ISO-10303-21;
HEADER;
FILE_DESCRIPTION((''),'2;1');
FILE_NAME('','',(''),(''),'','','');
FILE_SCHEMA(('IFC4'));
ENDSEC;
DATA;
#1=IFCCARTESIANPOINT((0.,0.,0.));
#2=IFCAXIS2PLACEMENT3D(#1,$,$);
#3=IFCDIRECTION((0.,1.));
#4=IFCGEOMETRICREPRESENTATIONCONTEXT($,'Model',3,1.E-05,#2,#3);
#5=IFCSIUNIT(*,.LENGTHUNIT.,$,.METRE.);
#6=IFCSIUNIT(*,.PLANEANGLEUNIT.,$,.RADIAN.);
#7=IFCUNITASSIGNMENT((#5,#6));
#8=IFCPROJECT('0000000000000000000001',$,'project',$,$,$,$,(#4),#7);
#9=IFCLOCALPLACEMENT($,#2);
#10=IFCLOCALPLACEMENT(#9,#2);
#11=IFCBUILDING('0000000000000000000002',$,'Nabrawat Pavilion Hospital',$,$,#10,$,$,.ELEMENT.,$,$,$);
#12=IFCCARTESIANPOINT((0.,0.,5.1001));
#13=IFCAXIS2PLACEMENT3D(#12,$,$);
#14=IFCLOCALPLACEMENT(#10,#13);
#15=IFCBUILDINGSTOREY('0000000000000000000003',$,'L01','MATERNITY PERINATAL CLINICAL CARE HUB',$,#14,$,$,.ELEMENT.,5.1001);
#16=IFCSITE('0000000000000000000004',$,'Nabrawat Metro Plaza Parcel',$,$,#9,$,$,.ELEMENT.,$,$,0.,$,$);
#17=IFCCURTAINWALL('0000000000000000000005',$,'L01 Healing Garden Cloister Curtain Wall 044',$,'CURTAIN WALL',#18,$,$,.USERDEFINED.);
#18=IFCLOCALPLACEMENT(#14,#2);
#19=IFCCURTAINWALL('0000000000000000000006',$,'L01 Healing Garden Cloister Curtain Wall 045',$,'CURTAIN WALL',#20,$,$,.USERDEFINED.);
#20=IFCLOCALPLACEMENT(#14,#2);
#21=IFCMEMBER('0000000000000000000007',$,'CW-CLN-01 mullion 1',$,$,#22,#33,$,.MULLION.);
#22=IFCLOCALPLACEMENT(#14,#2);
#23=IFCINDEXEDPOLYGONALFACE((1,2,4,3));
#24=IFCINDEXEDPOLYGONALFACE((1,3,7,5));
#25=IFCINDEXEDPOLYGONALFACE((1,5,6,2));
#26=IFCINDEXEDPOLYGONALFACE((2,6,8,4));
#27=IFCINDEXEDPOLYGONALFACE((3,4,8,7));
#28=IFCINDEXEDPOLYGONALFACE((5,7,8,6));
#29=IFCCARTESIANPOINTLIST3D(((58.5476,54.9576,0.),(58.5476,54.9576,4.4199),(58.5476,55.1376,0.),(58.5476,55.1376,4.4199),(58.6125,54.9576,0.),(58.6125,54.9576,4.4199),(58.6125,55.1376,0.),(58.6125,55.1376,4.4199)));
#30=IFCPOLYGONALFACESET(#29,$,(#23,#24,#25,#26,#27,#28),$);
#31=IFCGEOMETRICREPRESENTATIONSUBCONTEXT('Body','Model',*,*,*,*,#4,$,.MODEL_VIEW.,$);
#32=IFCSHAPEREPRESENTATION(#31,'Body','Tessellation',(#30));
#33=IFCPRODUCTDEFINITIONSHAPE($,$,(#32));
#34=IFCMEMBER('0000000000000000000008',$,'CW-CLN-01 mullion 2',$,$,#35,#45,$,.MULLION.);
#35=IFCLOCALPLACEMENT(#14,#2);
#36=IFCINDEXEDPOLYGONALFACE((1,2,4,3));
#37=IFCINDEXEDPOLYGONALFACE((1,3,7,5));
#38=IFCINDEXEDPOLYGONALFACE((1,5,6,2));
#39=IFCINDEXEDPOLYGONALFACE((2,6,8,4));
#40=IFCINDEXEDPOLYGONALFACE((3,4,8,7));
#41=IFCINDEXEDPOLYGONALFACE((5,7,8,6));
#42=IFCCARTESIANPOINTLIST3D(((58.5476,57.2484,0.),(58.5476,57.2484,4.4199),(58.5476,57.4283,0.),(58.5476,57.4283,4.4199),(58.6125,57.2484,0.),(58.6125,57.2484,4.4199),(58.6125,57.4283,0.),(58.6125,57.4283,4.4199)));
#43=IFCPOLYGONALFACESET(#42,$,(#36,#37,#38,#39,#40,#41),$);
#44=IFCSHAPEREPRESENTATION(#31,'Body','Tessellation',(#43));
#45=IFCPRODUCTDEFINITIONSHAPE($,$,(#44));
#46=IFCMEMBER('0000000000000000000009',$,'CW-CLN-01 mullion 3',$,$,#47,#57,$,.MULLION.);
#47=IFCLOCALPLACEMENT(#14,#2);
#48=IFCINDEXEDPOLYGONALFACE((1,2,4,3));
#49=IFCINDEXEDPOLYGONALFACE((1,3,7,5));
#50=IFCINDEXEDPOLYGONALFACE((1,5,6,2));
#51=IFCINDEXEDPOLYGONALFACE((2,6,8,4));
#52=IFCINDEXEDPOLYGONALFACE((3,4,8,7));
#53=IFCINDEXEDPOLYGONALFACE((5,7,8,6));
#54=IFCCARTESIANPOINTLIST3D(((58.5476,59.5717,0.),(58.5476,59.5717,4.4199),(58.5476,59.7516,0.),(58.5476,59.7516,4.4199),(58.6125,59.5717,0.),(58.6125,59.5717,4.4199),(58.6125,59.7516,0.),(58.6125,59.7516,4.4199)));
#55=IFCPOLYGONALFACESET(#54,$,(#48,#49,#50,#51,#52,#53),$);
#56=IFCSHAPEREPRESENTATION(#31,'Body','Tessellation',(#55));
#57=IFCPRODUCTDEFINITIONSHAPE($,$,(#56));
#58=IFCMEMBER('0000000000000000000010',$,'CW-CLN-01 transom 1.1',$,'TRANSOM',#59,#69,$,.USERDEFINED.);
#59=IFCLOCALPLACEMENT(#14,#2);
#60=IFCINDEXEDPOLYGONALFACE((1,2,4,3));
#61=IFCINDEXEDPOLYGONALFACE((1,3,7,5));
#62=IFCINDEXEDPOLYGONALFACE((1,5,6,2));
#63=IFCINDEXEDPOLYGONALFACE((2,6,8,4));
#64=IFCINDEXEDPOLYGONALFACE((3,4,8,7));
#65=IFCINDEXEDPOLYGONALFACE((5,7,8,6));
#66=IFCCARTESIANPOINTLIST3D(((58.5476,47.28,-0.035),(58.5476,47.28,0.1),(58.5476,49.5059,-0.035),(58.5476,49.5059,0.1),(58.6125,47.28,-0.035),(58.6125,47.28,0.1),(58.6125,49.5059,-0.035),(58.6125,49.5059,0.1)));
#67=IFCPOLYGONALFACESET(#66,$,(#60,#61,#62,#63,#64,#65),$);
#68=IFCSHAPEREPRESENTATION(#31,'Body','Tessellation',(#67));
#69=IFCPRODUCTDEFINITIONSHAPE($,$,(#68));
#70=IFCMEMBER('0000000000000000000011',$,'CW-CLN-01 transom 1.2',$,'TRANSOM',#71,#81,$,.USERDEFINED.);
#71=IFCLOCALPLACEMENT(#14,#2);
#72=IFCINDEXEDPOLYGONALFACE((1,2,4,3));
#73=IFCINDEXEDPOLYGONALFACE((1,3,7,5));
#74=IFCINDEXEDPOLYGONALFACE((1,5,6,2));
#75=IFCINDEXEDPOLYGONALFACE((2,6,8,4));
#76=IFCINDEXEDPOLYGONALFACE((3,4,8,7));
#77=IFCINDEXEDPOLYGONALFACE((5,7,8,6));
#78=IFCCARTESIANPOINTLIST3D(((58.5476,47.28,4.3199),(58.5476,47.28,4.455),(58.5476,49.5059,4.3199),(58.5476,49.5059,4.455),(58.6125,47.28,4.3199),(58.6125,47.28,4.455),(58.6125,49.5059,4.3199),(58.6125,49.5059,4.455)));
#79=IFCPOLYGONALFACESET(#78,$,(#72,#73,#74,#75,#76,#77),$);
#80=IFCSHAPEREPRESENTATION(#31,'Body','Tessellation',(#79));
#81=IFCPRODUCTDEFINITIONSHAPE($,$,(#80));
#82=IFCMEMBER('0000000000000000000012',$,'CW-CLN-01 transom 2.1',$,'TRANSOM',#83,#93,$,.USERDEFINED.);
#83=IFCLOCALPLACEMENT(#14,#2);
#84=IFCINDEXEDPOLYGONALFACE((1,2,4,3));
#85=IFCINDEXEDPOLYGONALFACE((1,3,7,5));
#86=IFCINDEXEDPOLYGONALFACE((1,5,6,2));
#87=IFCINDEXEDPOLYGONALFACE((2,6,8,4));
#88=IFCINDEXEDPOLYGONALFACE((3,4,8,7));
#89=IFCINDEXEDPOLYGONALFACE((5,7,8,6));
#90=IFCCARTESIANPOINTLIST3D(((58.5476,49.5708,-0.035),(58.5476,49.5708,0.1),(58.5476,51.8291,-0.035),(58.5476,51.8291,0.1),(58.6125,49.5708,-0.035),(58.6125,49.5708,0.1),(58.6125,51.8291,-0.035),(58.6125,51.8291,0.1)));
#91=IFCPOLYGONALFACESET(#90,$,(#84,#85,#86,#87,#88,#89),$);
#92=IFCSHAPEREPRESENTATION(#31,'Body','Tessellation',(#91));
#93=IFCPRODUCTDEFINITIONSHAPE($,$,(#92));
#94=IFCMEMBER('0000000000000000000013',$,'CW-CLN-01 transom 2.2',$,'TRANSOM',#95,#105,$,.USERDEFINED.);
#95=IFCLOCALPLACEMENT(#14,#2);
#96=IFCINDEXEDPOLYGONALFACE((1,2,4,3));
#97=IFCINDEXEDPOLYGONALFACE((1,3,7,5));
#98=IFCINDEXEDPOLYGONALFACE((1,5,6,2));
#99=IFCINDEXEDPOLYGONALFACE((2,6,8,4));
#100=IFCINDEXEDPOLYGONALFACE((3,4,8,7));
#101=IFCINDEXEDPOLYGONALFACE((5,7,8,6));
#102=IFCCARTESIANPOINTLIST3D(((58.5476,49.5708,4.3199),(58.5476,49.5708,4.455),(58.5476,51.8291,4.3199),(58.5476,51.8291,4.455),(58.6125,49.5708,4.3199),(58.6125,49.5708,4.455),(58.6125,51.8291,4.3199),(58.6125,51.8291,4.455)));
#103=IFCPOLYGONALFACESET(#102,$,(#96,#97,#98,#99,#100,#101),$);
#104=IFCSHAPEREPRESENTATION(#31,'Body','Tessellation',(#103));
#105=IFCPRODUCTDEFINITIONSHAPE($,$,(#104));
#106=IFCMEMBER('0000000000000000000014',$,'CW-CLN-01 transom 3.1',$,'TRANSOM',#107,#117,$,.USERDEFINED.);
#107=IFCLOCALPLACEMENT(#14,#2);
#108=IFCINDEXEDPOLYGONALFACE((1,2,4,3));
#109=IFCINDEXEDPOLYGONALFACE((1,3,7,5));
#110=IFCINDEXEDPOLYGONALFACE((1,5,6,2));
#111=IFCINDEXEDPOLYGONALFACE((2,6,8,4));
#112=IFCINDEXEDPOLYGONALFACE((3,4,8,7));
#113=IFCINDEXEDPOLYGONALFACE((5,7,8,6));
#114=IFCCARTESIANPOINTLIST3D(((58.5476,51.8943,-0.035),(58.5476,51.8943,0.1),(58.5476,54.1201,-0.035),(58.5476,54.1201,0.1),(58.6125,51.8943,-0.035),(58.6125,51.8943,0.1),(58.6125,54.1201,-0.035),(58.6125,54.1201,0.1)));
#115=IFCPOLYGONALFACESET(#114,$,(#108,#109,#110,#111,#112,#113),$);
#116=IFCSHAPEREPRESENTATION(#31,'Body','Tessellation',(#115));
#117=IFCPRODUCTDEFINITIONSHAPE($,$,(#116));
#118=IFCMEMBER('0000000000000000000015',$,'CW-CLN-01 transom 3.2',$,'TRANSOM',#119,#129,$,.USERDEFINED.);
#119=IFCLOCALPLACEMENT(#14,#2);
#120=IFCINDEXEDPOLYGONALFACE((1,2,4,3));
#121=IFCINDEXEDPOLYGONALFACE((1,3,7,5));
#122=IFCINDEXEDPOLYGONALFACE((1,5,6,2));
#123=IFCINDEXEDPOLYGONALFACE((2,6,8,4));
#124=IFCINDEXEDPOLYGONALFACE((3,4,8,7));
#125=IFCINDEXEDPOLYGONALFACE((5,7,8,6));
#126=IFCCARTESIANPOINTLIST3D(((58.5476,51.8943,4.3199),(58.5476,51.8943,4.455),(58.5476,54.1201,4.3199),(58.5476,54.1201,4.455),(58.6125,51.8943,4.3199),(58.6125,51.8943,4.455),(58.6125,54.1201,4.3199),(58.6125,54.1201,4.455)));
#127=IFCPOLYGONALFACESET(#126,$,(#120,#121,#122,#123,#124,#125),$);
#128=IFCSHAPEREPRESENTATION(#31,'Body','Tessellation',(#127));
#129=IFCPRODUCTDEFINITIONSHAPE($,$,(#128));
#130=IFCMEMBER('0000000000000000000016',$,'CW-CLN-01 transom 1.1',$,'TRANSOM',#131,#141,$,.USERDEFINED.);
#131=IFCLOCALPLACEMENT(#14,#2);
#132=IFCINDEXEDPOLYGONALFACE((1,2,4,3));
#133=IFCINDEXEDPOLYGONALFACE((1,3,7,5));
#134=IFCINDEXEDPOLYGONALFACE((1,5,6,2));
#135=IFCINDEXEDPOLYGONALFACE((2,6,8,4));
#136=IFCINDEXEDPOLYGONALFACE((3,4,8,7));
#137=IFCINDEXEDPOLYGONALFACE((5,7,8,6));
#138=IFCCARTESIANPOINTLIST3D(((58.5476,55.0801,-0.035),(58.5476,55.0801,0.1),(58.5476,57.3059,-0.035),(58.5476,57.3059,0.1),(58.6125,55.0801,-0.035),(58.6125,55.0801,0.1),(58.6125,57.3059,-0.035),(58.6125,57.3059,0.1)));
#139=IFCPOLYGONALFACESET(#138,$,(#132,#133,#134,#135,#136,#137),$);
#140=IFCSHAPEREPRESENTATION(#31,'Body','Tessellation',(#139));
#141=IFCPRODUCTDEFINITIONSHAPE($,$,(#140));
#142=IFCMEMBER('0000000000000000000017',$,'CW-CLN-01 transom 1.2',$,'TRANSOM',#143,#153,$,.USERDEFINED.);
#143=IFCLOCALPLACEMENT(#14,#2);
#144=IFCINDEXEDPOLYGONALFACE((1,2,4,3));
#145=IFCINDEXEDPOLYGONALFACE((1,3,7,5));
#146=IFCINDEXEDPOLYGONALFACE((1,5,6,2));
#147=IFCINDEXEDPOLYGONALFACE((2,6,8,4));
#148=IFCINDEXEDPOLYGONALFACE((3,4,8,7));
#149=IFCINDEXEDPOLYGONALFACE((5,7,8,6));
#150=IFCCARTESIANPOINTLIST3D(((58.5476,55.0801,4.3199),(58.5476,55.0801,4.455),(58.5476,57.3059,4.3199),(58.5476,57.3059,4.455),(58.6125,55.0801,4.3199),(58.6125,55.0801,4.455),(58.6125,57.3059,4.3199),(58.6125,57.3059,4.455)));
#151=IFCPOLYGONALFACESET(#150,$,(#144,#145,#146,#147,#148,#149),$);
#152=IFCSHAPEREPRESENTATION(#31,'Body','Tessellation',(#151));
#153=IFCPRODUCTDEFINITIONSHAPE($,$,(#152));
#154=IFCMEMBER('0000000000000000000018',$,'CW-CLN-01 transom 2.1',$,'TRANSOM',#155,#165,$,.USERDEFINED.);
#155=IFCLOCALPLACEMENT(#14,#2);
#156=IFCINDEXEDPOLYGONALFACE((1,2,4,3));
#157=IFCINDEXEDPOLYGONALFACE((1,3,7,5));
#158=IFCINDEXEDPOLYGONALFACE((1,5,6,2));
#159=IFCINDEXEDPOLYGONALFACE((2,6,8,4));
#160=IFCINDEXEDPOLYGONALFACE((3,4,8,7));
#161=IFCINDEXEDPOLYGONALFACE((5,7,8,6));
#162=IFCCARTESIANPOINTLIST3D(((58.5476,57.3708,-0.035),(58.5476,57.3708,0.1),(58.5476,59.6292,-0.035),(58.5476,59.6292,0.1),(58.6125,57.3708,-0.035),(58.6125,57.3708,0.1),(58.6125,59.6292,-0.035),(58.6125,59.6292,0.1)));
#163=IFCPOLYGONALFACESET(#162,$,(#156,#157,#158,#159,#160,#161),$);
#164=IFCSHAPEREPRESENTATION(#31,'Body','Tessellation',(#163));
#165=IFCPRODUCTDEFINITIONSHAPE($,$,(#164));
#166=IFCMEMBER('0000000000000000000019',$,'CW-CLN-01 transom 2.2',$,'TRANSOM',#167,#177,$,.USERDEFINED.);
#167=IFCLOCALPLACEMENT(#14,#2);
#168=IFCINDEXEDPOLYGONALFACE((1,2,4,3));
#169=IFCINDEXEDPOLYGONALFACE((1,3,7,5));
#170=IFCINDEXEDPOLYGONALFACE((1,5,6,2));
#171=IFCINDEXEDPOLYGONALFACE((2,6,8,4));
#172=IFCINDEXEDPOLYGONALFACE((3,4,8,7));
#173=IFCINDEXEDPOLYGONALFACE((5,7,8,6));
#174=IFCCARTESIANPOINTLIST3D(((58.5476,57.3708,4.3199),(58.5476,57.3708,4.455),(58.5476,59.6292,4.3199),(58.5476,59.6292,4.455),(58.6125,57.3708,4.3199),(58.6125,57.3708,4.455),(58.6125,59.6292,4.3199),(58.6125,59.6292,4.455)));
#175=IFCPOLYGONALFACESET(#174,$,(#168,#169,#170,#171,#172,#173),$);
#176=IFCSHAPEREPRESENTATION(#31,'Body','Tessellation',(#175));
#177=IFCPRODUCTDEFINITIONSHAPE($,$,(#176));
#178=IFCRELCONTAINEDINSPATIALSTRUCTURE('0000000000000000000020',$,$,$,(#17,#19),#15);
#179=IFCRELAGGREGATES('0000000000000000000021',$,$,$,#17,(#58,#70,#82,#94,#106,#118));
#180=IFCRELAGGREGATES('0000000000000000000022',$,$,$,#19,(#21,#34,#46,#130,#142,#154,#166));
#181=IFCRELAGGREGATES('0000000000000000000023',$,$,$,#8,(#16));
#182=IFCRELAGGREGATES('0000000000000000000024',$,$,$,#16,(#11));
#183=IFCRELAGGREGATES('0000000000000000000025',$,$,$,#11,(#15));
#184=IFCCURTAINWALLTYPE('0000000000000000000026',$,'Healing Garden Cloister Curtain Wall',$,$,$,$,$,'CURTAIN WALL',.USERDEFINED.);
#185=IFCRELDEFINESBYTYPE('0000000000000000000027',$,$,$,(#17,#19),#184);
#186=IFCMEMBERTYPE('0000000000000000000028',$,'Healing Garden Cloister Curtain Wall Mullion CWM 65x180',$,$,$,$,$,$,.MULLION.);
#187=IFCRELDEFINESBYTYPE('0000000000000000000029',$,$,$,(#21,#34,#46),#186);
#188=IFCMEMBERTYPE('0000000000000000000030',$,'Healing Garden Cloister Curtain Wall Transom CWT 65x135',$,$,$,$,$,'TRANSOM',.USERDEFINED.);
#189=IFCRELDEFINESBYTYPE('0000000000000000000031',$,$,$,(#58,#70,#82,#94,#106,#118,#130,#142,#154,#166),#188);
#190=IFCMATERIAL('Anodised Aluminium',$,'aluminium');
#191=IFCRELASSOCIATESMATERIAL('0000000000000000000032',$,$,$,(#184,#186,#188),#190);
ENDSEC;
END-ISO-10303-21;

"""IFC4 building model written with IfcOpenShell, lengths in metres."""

from ifc_helpers import new_model, si_unit, direction, frame, origin, origin_2d, place, context, subcontext, project, spatial, rectangle, extrude, material, material_profile, profile_set, type_object, element, aggregate, save


model = new_model("IFC4")

# Units and contexts
model_context = context("Model", 3, precision=1e-05, world=origin(), true_north=direction((0.0, 1.0)))
body_context = subcontext(model_context, "Body", "Model", "MODEL_VIEW")
ifc_project = project(units=[si_unit("LENGTHUNIT", "METRE"), si_unit("PLANEANGLEUNIT", "RADIAN")], contexts=[model_context])

# Site, building, storey
site_placement = place(None, origin())
site = spatial("IfcSite", under=ifc_project, at=site_placement, Name="Nabrawat Metro Plaza Parcel", CompositionType="ELEMENT", RefElevation=0.0)
building_placement = place(site_placement, origin())
building = spatial("IfcBuilding", under=site, at=building_placement, Name="Nabrawat Pavilion Hospital", CompositionType="ELEMENT")
storey_placement = place(building_placement, frame((0.0, 0.0, 5.1001)))
storey = spatial("IfcBuildingStorey", under=building, at=storey_placement, Name="L01", Description="MATERNITY PERINATAL CLINICAL CARE HUB", CompositionType="ELEMENT", Elevation=5.1001)

# Curtain walls, members
ifc_material_1 = material(Name="Anodised Aluminium", Category="aluminium")
curtain_wall_type = type_object("IfcCurtainWallType", Name="Healing Garden Cloister Curtain Wall", ElementType="CURTAIN WALL", PredefinedType="USERDEFINED", material=ifc_material_1)
curtain_wall_1_placement = place(storey_placement, origin())
curtain_wall_1 = element("IfcCurtainWall", 1, at=curtain_wall_1_placement, inside=storey, type_object=curtain_wall_type, Name="L01 Healing Garden Cloister Curtain Wall 044", ObjectType="CURTAIN WALL", PredefinedType="USERDEFINED")
ifc_material_profile_1 = material_profile(ifc_material_1, rectangle(XDim=0.0649, YDim=0.1799, at=origin_2d()), Name="CWM 65x180")
ifc_profile_set_1 = profile_set([ifc_material_profile_1], Name="Anodised Aluminium")
member_type_1 = type_object("IfcMemberType", Name="Healing Garden Cloister Curtain Wall Mullion CWM 65x180", PredefinedType="MULLION", material=ifc_profile_set_1)
curtain_wall_2_placement = place(storey_placement, origin())
curtain_wall_2 = element("IfcCurtainWall", 2, at=curtain_wall_2_placement, inside=storey, type_object=curtain_wall_type, Name="L01 Healing Garden Cloister Curtain Wall 045", ObjectType="CURTAIN WALL", PredefinedType="USERDEFINED")
member_1_placement = place(storey_placement, frame((58.5801, 55.0476, 0.0), z_axis=(0.0, 0.0, 1.0), x_axis=(-1.0, 0.0, 0.0)))
member_1 = element("IfcMember", 3, at=member_1_placement, type_object=member_type_1, Name="CW-CLN-01 mullion 1", PredefinedType="MULLION", context=body_context, shape_type="SweptSolid", body=[
    extrude(rectangle(XDim=0.0649, YDim=0.1799, at=origin_2d()), origin(), (0.0, 0.0, 1.0), 4.4199),
])
member_2_placement = place(storey_placement, frame((58.5801, 57.3384, 0.0), z_axis=(0.0, 0.0, 1.0), x_axis=(-1.0, 0.0, 0.0)))
member_2 = element("IfcMember", 4, at=member_2_placement, type_object=member_type_1, Name="CW-CLN-01 mullion 2", PredefinedType="MULLION", context=body_context, shape_type="SweptSolid", body=[
    extrude(rectangle(XDim=0.0649, YDim=0.1799, at=origin_2d()), origin(), (0.0, 0.0, 1.0), 4.4199),
])
member_3_placement = place(storey_placement, frame((58.5801, 59.6616, 0.0), z_axis=(0.0, 0.0, 1.0), x_axis=(-1.0, 0.0, 0.0)))
member_3 = element("IfcMember", 5, at=member_3_placement, type_object=member_type_1, Name="CW-CLN-01 mullion 3", PredefinedType="MULLION", context=body_context, shape_type="SweptSolid", body=[
    extrude(rectangle(XDim=0.0649, YDim=0.1799, at=origin_2d()), origin(), (0.0, 0.0, 1.0), 4.4199),
])

# Members
ifc_material_profile_2 = material_profile(ifc_material_1, rectangle(XDim=0.0649, YDim=0.135, at=origin_2d()), Name="CWT 65x135")
ifc_profile_set_2 = profile_set([ifc_material_profile_2], Name="Anodised Aluminium")
member_type_2 = type_object("IfcMemberType", Name="Healing Garden Cloister Curtain Wall Transom CWT 65x135", ElementType="TRANSOM", PredefinedType="USERDEFINED", material=ifc_profile_set_2)
member_4_placement = place(storey_placement, frame((58.5801, 47.28, 0.0325), z_axis=(0.0, 1.0, 0.0), x_axis=(-1.0, 0.0, 0.0)))
member_4 = element("IfcMember", 6, at=member_4_placement, type_object=member_type_2, Name="CW-CLN-01 transom 1.1", ObjectType="TRANSOM", PredefinedType="USERDEFINED", context=body_context, shape_type="SweptSolid", body=[
    extrude(rectangle(XDim=0.0649, YDim=0.135, at=origin_2d()), origin(), (0.0, 0.0, 1.0), 2.2258),
])
member_5_placement = place(storey_placement, frame((58.5801, 47.28, 4.3875), z_axis=(0.0, 1.0, 0.0), x_axis=(-1.0, 0.0, 0.0)))
member_5 = element("IfcMember", 7, at=member_5_placement, type_object=member_type_2, Name="CW-CLN-01 transom 1.2", ObjectType="TRANSOM", PredefinedType="USERDEFINED", context=body_context, shape_type="SweptSolid", body=[
    extrude(rectangle(XDim=0.0649, YDim=0.135, at=origin_2d()), origin(), (0.0, 0.0, 1.0), 2.2258),
])
member_6_placement = place(storey_placement, frame((58.5801, 49.5708, 0.0325), z_axis=(0.0, 1.0, 0.0), x_axis=(-1.0, 0.0, 0.0)))
member_6 = element("IfcMember", 8, at=member_6_placement, type_object=member_type_2, Name="CW-CLN-01 transom 2.1", ObjectType="TRANSOM", PredefinedType="USERDEFINED", context=body_context, shape_type="SweptSolid", body=[
    extrude(rectangle(XDim=0.0649, YDim=0.135, at=origin_2d()), origin(), (0.0, 0.0, 1.0), 2.2583),
])
member_7_placement = place(storey_placement, frame((58.5801, 49.5708, 4.3875), z_axis=(0.0, 1.0, 0.0), x_axis=(-1.0, 0.0, 0.0)))
member_7 = element("IfcMember", 9, at=member_7_placement, type_object=member_type_2, Name="CW-CLN-01 transom 2.2", ObjectType="TRANSOM", PredefinedType="USERDEFINED", context=body_context, shape_type="SweptSolid", body=[
    extrude(rectangle(XDim=0.0649, YDim=0.135, at=origin_2d()), origin(), (0.0, 0.0, 1.0), 2.2583),
])
member_8_placement = place(storey_placement, frame((58.5801, 51.8943, 0.0325), z_axis=(0.0, 1.0, 0.0), x_axis=(-1.0, 0.0, 0.0)))
member_8 = element("IfcMember", 10, at=member_8_placement, type_object=member_type_2, Name="CW-CLN-01 transom 3.1", ObjectType="TRANSOM", PredefinedType="USERDEFINED", context=body_context, shape_type="SweptSolid", body=[
    extrude(rectangle(XDim=0.0649, YDim=0.135, at=origin_2d()), origin(), (0.0, 0.0, 1.0), 2.2258),
])
member_9_placement = place(storey_placement, frame((58.5801, 51.8943, 4.3875), z_axis=(0.0, 1.0, 0.0), x_axis=(-1.0, 0.0, 0.0)))
member_9 = element("IfcMember", 11, at=member_9_placement, type_object=member_type_2, Name="CW-CLN-01 transom 3.2", ObjectType="TRANSOM", PredefinedType="USERDEFINED", context=body_context, shape_type="SweptSolid", body=[
    extrude(rectangle(XDim=0.0649, YDim=0.135, at=origin_2d()), origin(), (0.0, 0.0, 1.0), 2.2258),
])
member_10_placement = place(storey_placement, frame((58.5801, 55.0801, 0.0325), z_axis=(0.0, 1.0, 0.0), x_axis=(-1.0, 0.0, 0.0)))
member_10 = element("IfcMember", 12, at=member_10_placement, type_object=member_type_2, Name="CW-CLN-01 transom 1.1", ObjectType="TRANSOM", PredefinedType="USERDEFINED", context=body_context, shape_type="SweptSolid", body=[
    extrude(rectangle(XDim=0.0649, YDim=0.135, at=origin_2d()), origin(), (0.0, 0.0, 1.0), 2.2258),
])
member_11_placement = place(storey_placement, frame((58.5801, 55.0801, 4.3875), z_axis=(0.0, 1.0, 0.0), x_axis=(-1.0, 0.0, 0.0)))
member_11 = element("IfcMember", 13, at=member_11_placement, type_object=member_type_2, Name="CW-CLN-01 transom 1.2", ObjectType="TRANSOM", PredefinedType="USERDEFINED", context=body_context, shape_type="SweptSolid", body=[
    extrude(rectangle(XDim=0.0649, YDim=0.135, at=origin_2d()), origin(), (0.0, 0.0, 1.0), 2.2258),
])
member_12_placement = place(storey_placement, frame((58.5801, 57.3708, 0.0325), z_axis=(0.0, 1.0, 0.0), x_axis=(-1.0, 0.0, 0.0)))
member_12 = element("IfcMember", 14, at=member_12_placement, type_object=member_type_2, Name="CW-CLN-01 transom 2.1", ObjectType="TRANSOM", PredefinedType="USERDEFINED", context=body_context, shape_type="SweptSolid", body=[
    extrude(rectangle(XDim=0.0649, YDim=0.135, at=origin_2d()), origin(), (0.0, 0.0, 1.0), 2.2583),
])
member_13_placement = place(storey_placement, frame((58.5801, 57.3708, 4.3875), z_axis=(0.0, 1.0, 0.0), x_axis=(-1.0, 0.0, 0.0)))
member_13 = element("IfcMember", 15, at=member_13_placement, type_object=member_type_2, Name="CW-CLN-01 transom 2.2", ObjectType="TRANSOM", PredefinedType="USERDEFINED", context=body_context, shape_type="SweptSolid", body=[
    extrude(rectangle(XDim=0.0649, YDim=0.135, at=origin_2d()), origin(), (0.0, 0.0, 1.0), 2.2583),
])

aggregate(curtain_wall_1, [member_4, member_5, member_6, member_7, member_8, member_9])
aggregate(curtain_wall_2, [member_1, member_2, member_3, member_10, member_11, member_12, member_13])

save(model, "model.ifc")
